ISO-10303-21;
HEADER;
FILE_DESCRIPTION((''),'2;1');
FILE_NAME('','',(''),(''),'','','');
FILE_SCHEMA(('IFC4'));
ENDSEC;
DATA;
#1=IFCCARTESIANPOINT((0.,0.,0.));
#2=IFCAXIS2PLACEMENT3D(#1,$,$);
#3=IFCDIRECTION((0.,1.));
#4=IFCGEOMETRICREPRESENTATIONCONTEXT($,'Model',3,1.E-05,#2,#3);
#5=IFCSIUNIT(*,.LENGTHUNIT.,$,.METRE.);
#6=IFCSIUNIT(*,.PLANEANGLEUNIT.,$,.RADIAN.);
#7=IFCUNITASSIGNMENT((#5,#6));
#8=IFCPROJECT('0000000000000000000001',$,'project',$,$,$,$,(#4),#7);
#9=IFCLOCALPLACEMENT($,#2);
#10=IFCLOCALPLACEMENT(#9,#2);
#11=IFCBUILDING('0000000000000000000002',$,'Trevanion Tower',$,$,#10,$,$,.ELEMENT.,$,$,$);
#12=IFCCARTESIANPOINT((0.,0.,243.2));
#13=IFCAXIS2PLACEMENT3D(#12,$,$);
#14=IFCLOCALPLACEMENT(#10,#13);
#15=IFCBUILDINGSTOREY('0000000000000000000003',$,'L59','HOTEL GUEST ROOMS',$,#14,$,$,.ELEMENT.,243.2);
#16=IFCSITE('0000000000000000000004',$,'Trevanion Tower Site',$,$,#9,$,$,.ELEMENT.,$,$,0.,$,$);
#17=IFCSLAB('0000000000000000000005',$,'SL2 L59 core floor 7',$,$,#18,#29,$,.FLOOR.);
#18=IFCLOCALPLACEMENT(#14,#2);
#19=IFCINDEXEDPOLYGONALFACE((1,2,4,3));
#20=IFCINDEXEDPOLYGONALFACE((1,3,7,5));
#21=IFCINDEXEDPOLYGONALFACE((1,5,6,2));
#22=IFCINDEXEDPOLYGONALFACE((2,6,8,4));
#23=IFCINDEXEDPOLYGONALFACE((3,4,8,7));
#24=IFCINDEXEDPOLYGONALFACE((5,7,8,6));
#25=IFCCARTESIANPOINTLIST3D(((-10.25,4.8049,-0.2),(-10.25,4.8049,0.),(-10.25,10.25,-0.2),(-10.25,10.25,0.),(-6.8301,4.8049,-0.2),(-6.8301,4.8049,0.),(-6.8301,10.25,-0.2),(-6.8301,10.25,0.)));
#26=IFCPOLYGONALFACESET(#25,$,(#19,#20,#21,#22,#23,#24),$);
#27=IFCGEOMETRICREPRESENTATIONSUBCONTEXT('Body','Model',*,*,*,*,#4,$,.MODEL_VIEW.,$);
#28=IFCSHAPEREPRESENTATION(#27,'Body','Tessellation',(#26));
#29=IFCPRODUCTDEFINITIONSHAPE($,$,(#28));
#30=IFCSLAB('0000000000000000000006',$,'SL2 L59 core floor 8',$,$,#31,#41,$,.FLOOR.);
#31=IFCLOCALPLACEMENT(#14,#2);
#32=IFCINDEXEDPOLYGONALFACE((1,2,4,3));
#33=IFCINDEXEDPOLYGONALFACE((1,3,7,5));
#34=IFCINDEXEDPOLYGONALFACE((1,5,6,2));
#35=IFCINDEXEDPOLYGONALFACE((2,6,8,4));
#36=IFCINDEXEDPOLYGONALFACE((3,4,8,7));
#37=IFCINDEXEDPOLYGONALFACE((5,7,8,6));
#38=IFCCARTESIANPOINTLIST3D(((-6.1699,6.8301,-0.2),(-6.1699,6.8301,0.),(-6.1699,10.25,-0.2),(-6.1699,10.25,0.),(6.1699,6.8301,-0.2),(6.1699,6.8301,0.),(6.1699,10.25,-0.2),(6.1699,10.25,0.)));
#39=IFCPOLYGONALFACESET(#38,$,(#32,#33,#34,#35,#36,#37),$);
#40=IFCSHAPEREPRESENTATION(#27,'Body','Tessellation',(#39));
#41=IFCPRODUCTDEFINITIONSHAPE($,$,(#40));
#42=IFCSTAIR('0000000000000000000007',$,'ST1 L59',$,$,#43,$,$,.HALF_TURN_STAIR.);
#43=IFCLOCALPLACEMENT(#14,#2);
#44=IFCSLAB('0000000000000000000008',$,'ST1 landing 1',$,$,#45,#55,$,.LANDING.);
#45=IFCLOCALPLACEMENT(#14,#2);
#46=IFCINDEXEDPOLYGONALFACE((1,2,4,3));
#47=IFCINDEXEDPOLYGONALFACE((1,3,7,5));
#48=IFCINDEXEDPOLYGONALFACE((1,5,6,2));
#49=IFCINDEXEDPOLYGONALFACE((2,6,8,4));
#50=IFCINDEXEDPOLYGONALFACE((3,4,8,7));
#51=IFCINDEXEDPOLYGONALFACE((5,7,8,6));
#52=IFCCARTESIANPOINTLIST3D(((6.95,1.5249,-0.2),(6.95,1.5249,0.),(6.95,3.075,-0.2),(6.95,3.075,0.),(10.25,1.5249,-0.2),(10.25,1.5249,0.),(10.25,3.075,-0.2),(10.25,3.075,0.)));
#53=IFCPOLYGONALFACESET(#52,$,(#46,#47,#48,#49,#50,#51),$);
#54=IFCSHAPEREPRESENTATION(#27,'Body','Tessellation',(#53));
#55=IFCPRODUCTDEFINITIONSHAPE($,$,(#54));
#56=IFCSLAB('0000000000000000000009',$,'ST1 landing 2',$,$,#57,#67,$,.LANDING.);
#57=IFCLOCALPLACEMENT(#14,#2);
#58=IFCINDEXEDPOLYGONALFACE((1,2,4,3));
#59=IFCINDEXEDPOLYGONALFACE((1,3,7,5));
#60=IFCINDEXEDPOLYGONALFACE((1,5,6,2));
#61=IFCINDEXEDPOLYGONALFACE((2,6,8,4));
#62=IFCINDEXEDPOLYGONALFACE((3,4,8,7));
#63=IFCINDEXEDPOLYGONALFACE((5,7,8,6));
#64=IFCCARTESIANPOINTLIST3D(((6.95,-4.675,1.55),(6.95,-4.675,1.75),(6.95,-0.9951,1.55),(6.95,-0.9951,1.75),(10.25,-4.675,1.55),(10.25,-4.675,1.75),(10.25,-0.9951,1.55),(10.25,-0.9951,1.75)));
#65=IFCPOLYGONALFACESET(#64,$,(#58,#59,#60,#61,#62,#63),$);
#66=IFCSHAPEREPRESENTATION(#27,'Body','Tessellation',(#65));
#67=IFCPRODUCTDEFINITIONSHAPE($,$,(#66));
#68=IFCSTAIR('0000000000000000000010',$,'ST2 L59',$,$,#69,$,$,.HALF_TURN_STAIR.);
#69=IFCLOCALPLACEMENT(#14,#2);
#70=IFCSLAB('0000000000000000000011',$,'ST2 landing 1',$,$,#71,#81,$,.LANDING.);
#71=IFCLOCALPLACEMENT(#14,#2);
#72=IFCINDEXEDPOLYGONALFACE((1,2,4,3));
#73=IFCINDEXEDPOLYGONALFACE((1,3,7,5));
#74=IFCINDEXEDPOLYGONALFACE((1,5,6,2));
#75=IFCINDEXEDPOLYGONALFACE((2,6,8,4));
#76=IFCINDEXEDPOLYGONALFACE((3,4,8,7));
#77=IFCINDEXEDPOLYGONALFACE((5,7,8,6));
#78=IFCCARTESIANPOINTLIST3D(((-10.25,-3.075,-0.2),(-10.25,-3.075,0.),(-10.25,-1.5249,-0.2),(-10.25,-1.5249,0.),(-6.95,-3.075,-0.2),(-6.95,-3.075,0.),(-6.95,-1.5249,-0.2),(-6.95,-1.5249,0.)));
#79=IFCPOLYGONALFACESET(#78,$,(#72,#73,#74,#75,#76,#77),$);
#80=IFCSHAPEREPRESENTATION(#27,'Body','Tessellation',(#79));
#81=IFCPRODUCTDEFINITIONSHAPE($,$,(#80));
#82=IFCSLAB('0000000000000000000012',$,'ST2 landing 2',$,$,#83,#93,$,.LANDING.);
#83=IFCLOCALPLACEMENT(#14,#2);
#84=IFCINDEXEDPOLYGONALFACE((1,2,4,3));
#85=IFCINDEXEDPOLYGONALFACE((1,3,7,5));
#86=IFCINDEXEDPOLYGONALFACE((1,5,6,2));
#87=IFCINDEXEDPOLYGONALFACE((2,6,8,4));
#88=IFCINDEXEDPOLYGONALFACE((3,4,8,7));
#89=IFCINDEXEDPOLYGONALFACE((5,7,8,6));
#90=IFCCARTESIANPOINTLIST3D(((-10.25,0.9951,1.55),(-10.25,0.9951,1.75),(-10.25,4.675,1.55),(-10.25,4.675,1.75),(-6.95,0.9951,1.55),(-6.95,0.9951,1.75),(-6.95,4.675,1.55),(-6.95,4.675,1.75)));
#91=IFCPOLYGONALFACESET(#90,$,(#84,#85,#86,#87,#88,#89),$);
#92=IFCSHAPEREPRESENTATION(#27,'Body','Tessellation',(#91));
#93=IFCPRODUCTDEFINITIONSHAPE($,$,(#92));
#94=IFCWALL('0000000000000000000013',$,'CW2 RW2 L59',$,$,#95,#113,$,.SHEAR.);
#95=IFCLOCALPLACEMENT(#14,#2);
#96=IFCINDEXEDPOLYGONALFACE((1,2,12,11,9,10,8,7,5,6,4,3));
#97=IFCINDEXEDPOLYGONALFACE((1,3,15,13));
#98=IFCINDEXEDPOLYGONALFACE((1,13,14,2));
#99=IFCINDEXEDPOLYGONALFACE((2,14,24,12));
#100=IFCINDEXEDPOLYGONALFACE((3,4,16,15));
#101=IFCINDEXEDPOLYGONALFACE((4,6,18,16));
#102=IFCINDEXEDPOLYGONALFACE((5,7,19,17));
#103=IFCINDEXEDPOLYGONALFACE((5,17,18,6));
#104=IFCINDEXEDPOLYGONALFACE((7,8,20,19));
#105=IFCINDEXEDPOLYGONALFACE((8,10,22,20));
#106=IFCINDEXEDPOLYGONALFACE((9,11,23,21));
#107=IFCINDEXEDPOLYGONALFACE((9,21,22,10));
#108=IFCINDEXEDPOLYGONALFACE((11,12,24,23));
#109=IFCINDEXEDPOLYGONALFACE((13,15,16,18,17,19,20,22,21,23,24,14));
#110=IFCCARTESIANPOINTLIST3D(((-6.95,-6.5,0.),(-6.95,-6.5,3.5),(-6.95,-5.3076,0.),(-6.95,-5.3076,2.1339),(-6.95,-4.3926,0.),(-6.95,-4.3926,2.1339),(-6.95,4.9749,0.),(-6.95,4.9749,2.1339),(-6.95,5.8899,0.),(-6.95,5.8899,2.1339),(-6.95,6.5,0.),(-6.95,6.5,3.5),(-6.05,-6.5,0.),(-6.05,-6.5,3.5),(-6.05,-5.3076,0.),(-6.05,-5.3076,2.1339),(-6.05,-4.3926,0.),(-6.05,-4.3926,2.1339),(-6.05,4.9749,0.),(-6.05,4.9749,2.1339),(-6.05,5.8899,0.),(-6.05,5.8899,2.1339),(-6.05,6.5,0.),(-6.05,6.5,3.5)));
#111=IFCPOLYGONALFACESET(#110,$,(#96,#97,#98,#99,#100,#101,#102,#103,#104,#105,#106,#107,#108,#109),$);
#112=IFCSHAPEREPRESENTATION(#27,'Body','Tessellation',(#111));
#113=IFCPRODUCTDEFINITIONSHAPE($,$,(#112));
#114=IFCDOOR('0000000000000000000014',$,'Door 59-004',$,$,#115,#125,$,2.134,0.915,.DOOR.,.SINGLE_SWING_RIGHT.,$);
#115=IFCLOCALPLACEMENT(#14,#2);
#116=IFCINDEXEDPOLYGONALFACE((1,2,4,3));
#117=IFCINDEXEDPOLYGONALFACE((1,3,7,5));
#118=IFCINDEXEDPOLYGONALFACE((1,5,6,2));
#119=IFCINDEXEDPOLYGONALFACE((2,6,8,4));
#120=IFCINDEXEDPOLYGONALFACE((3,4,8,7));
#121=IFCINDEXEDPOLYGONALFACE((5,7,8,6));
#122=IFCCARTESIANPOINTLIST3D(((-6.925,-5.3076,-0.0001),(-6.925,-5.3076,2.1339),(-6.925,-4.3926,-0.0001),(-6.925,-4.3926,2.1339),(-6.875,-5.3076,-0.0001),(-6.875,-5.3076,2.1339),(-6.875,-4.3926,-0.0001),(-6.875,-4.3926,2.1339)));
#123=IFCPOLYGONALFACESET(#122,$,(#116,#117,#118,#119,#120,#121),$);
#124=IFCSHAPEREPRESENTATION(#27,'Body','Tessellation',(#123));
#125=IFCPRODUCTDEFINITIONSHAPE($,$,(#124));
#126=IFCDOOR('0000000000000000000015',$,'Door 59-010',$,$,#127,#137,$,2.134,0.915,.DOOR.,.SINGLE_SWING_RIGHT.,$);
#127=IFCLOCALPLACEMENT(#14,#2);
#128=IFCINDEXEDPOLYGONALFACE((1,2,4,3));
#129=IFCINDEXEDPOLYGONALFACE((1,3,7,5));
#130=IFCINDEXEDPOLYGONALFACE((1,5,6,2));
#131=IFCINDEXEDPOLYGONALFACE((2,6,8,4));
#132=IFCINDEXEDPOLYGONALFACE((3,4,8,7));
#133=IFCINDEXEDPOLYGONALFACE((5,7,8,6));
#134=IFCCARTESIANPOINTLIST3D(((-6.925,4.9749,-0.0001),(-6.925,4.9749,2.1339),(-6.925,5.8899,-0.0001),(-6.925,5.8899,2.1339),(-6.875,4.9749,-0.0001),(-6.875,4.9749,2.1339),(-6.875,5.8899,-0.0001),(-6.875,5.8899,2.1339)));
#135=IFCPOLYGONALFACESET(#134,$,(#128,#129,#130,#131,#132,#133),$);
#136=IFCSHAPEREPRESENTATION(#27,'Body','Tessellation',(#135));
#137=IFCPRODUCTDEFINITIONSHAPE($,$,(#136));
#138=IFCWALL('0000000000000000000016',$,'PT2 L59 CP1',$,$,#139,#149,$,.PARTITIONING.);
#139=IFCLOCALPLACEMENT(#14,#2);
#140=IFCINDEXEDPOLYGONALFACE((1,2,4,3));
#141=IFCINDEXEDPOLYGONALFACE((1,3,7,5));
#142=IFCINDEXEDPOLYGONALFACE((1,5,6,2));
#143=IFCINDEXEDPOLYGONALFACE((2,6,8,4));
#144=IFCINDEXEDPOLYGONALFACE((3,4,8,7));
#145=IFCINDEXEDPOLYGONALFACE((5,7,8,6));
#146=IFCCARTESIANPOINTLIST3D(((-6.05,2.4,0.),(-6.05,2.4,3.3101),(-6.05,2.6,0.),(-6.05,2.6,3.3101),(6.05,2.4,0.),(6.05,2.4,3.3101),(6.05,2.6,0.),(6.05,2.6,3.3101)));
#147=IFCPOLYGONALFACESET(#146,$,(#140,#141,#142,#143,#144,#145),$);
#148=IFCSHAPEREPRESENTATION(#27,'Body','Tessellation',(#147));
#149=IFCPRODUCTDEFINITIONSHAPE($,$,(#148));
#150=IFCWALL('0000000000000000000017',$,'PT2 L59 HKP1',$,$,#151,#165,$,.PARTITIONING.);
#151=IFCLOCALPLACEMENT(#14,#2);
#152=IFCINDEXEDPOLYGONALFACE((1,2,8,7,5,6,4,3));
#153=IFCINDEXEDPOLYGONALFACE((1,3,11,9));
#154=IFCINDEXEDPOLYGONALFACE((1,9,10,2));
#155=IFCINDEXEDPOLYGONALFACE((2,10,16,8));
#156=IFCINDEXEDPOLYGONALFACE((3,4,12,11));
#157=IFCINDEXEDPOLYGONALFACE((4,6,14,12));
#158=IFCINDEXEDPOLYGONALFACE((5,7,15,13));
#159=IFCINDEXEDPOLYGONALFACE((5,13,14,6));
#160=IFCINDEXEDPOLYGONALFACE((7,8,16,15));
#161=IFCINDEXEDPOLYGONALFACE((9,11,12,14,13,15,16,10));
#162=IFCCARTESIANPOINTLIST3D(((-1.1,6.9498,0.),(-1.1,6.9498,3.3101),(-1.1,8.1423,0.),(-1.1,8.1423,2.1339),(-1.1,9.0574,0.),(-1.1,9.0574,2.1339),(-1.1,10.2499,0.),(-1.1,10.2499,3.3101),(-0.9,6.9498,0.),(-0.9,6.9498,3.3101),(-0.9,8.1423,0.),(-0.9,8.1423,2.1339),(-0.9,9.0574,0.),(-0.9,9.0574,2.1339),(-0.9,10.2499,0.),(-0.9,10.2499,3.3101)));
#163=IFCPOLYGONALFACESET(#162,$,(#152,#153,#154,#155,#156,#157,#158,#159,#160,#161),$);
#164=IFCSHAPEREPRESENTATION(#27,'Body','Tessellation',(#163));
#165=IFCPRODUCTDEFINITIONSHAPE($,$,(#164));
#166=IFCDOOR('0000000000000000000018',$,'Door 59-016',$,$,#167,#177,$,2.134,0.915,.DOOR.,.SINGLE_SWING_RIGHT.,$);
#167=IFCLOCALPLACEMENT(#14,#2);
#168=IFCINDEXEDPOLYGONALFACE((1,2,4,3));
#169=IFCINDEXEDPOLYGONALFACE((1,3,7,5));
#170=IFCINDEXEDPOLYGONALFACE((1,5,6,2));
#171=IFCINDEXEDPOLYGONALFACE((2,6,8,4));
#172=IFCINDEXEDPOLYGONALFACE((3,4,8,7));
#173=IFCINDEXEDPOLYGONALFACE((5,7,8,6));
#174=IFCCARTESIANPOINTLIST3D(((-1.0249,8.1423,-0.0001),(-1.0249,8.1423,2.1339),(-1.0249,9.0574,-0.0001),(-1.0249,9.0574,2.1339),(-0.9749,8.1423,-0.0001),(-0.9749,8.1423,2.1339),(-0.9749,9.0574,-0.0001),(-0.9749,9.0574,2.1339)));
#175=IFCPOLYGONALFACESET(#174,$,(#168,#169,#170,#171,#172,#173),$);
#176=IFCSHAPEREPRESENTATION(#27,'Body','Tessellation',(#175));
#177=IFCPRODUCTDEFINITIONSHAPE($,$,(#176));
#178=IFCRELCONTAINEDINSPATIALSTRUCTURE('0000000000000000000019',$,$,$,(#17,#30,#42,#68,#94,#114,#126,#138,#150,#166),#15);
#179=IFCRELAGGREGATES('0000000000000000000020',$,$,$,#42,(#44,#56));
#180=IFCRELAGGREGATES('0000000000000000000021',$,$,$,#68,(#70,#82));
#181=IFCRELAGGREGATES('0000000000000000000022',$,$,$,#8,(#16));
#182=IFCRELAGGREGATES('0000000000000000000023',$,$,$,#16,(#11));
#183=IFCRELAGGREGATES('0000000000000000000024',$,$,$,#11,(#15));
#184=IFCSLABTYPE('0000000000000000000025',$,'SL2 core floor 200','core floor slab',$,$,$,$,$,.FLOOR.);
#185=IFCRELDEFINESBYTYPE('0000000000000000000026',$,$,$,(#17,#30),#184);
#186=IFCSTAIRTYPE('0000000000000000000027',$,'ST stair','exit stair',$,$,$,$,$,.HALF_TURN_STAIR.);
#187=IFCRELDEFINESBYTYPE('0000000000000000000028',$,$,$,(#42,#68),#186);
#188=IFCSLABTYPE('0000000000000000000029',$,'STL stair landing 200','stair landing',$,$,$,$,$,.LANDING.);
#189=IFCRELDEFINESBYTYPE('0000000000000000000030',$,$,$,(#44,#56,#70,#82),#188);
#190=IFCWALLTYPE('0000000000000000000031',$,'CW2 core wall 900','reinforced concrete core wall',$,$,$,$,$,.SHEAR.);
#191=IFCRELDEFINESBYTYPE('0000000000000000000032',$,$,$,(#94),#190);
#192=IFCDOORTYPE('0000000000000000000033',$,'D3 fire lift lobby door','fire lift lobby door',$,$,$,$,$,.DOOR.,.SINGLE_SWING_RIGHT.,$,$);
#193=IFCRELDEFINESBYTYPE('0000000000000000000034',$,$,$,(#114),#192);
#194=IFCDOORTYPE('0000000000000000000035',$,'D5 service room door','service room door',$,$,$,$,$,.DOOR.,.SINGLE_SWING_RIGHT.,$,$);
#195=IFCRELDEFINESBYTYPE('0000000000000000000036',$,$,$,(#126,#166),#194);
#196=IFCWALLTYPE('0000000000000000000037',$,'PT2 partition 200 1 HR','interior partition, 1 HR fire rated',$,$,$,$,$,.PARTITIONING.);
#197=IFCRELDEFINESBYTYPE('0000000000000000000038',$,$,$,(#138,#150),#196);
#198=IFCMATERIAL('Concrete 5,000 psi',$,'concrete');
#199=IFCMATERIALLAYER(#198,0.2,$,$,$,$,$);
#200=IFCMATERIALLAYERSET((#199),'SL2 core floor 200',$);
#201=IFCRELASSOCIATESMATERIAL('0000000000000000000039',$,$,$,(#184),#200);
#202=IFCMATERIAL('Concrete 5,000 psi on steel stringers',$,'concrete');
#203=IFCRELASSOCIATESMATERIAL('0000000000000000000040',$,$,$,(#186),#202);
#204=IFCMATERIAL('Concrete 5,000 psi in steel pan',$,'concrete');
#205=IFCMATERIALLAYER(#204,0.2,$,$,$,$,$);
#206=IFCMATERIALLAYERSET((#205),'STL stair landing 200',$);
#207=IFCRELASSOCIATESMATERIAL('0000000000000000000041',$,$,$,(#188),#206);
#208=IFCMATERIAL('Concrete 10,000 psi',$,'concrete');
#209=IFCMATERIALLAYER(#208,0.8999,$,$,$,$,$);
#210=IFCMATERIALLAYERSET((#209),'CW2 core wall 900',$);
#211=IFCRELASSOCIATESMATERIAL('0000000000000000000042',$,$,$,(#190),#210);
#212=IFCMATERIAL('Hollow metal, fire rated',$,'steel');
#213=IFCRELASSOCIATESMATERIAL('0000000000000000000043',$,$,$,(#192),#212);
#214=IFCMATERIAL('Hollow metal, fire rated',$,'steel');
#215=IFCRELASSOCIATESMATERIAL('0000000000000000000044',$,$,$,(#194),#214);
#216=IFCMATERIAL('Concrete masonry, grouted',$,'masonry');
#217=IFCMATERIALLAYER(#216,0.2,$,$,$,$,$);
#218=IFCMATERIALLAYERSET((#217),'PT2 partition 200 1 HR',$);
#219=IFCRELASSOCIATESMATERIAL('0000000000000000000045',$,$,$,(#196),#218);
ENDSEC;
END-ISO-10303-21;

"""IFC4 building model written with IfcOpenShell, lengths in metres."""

from ifc_helpers import new_model, si_unit, direction, frame, frame_2d, origin, place, context, subcontext, project, spatial, polyline, rectangle, outline, extrude, material, layer, layer_set, type_object, element, fill, aggregate, save


model = new_model("IFC4")

# Units and contexts
model_context = context("Model", 3, precision=1e-05, world=origin(), true_north=direction((0.0, 1.0)))
body_context = subcontext(model_context, "Body", "Model", "MODEL_VIEW")
ifc_project = project(units=[si_unit("LENGTHUNIT", "METRE"), si_unit("PLANEANGLEUNIT", "RADIAN")], contexts=[model_context])

# Site, building, storey
site_placement = place(None, origin())
site = spatial("IfcSite", under=ifc_project, at=site_placement, Name="Trevanion Tower Site", CompositionType="ELEMENT", RefElevation=0.0)
building_placement = place(site_placement, origin())
building = spatial("IfcBuilding", under=site, at=building_placement, Name="Trevanion Tower", CompositionType="ELEMENT")
storey_placement = place(building_placement, frame((0.0, 0.0, 243.2)))
storey = spatial("IfcBuildingStorey", under=building, at=storey_placement, Name="L59", Description="HOTEL GUEST ROOMS", CompositionType="ELEMENT", Elevation=243.2)

# Slabs
ifc_material_1 = material(Name="Concrete 5,000 psi", Category="concrete")
ifc_layer_1 = layer(ifc_material_1, 0.2)
ifc_layer_set_1 = layer_set([ifc_layer_1], Name="SL2 core floor 200")
slab_type_1 = type_object("IfcSlabType", Name="SL2 core floor 200", Description="core floor slab", PredefinedType="FLOOR", material=ifc_layer_set_1)
slab_1_placement = place(storey_placement, frame((0.0, 0.0, -0.2)))
element("IfcSlab", 1, at=slab_1_placement, inside=storey, type_object=slab_type_1, Name="SL2 L59 core floor 7", PredefinedType="FLOOR", context=body_context, shape_type="SweptSolid", body=[
    extrude(outline(polyline([(-6.8301, 4.8049), (-10.25, 4.8049), (-10.25, 10.25), (-6.8301, 10.25), (-6.8301, 4.8049)])), origin(), (0.0, 0.0, 1.0), 0.2),
])
slab_2_placement = place(storey_placement, frame((0.0, 0.0, -0.2)))
element("IfcSlab", 2, at=slab_2_placement, inside=storey, type_object=slab_type_1, Name="SL2 L59 core floor 8", PredefinedType="FLOOR", context=body_context, shape_type="SweptSolid", body=[
    extrude(outline(polyline([(6.1699, 6.8301), (-6.1699, 6.8301), (-6.1699, 10.25), (6.1699, 10.25), (6.1699, 6.8301)])), origin(), (0.0, 0.0, 1.0), 0.2),
])

# Stairs, slabs
ifc_material_2 = material(Name="Concrete 5,000 psi on steel stringers", Category="concrete")
stair_type = type_object("IfcStairType", Name="ST stair", Description="exit stair", PredefinedType="HALF_TURN_STAIR", material=ifc_material_2)
stair_1_placement = place(storey_placement, origin())
stair_1 = element("IfcStair", 3, at=stair_1_placement, inside=storey, type_object=stair_type, Name="ST1 L59", PredefinedType="HALF_TURN_STAIR")
ifc_material_3 = material(Name="Concrete 5,000 psi in steel pan", Category="concrete")
ifc_layer_2 = layer(ifc_material_3, 0.2)
ifc_layer_set_2 = layer_set([ifc_layer_2], Name="STL stair landing 200")
slab_type_2 = type_object("IfcSlabType", Name="STL stair landing 200", Description="stair landing", PredefinedType="LANDING", material=ifc_layer_set_2)
slab_3_placement = place(storey_placement, frame((0.0, 0.0, -0.2)))
slab_3 = element("IfcSlab", 4, at=slab_3_placement, type_object=slab_type_2, Name="ST1 landing 1", PredefinedType="LANDING", context=body_context, shape_type="SweptSolid", body=[
    extrude(outline(polyline([(6.95, 1.5249), (10.25, 1.5249), (10.25, 3.075), (6.95, 3.075), (6.95, 1.5249)])), origin(), (0.0, 0.0, 1.0), 0.2),
])
slab_4_placement = place(storey_placement, frame((0.0, 0.0, 1.55)))
slab_4 = element("IfcSlab", 5, at=slab_4_placement, type_object=slab_type_2, Name="ST1 landing 2", PredefinedType="LANDING", context=body_context, shape_type="SweptSolid", body=[
    extrude(outline(polyline([(6.95, -4.675), (10.25, -4.675), (10.25, -0.9951), (6.95, -0.9951), (6.95, -4.675)])), origin(), (0.0, 0.0, 1.0), 0.2),
])
aggregate(stair_1, [slab_3, slab_4])
stair_2_placement = place(storey_placement, origin())
stair_2 = element("IfcStair", 6, at=stair_2_placement, inside=storey, type_object=stair_type, Name="ST2 L59", PredefinedType="HALF_TURN_STAIR")
slab_5_placement = place(storey_placement, frame((0.0, 0.0, -0.2)))
slab_5 = element("IfcSlab", 7, at=slab_5_placement, type_object=slab_type_2, Name="ST2 landing 1", PredefinedType="LANDING", context=body_context, shape_type="SweptSolid", body=[
    extrude(outline(polyline([(-6.95, -1.5249), (-10.25, -1.5249), (-10.25, -3.075), (-6.95, -3.075), (-6.95, -1.5249)])), origin(), (0.0, 0.0, 1.0), 0.2),
])
slab_6_placement = place(storey_placement, frame((0.0, 0.0, 1.55)))
slab_6 = element("IfcSlab", 8, at=slab_6_placement, type_object=slab_type_2, Name="ST2 landing 2", PredefinedType="LANDING", context=body_context, shape_type="SweptSolid", body=[
    extrude(outline(polyline([(-6.95, 4.675), (-10.25, 4.675), (-10.25, 0.9951), (-6.95, 0.9951), (-6.95, 4.675)])), origin(), (0.0, 0.0, 1.0), 0.2),
])

# Wall, openings, doors
ifc_material_4 = material(Name="Concrete 10,000 psi", Category="concrete")
ifc_layer_3 = layer(ifc_material_4, 0.8999)
ifc_layer_set_3 = layer_set([ifc_layer_3], Name="CW2 core wall 900")
wall_type_1 = type_object("IfcWallType", Name="CW2 core wall 900", Description="reinforced concrete core wall", PredefinedType="SHEAR", material=ifc_layer_set_3)
wall_1_placement = place(storey_placement, frame((-6.5, 6.5, 0.0), z_axis=(0.0, 0.0, 1.0), x_axis=(0.0, -1.0, 0.0)))
wall_1 = element("IfcWall", 9, at=wall_1_placement, inside=storey, type_object=wall_type_1, Name="CW2 RW2 L59", PredefinedType="SHEAR", context=body_context, shape_type="SweptSolid", body=[
    extrude(rectangle(XDim=13.0, YDim=0.8999, at=frame_2d((6.5, 0.0))), origin(), (0.0, 0.0, 1.0), 3.5),
])
opening_1_placement = place(wall_1_placement, frame((10.8926, 0.0, 0.0)))
opening_1 = element("IfcOpeningElement", 10, at=opening_1_placement, cuts=wall_1, PredefinedType="OPENING", context=body_context, shape_type="SweptSolid", body=[
    extrude(rectangle(XDim=0.915, YDim=2.134, at=frame_2d((0.4575, 1.0669))), frame((0.0, 0.46, 0.0), z_axis=(0.0, -1.0, 0.0), x_axis=(1.0, 0.0, 0.0)), (0.0, 0.0, 1.0), 0.9199),
])
opening_2_placement = place(wall_1_placement, frame((0.6101, 0.0, 0.0)))
opening_2 = element("IfcOpeningElement", 11, at=opening_2_placement, cuts=wall_1, PredefinedType="OPENING", context=body_context, shape_type="SweptSolid", body=[
    extrude(rectangle(XDim=0.915, YDim=2.134, at=frame_2d((0.4575, 1.0669))), frame((0.0, 0.46, 0.0), z_axis=(0.0, -1.0, 0.0), x_axis=(1.0, 0.0, 0.0)), (0.0, 0.0, 1.0), 0.9199),
])
ifc_material_5 = material(Name="Hollow metal, fire rated", Category="steel")
door_type_1 = type_object("IfcDoorType", Name="D3 fire lift lobby door", Description="fire lift lobby door", OperationType="SINGLE_SWING_RIGHT", PredefinedType="DOOR", material=ifc_material_5)
door_1_placement = place(opening_1_placement, origin())
door_1 = element("IfcDoor", 12, at=door_1_placement, inside=storey, type_object=door_type_1, Name="Door 59-004", OperationType="SINGLE_SWING_RIGHT", OverallHeight=2.134, OverallWidth=0.915, PredefinedType="DOOR", context=body_context, shape_type="SweptSolid", body=[
    extrude(rectangle(XDim=0.915, YDim=2.134, at=frame_2d((0.4575, 1.0669))), frame((0.0, -0.375, 0.0), z_axis=(0.0, -1.0, 0.0), x_axis=(1.0, 0.0, 0.0)), (0.0, 0.0, 1.0), 0.05),
])
fill(opening_1, door_1)
ifc_material_6 = material(Name="Hollow metal, fire rated", Category="steel")
door_type_2 = type_object("IfcDoorType", Name="D5 service room door", Description="service room door", OperationType="SINGLE_SWING_RIGHT", PredefinedType="DOOR", material=ifc_material_6)
door_2_placement = place(opening_2_placement, origin())
door_2 = element("IfcDoor", 13, at=door_2_placement, inside=storey, type_object=door_type_2, Name="Door 59-010", OperationType="SINGLE_SWING_RIGHT", OverallHeight=2.134, OverallWidth=0.915, PredefinedType="DOOR", context=body_context, shape_type="SweptSolid", body=[
    extrude(rectangle(XDim=0.915, YDim=2.134, at=frame_2d((0.4575, 1.0669))), frame((0.0, -0.375, 0.0), z_axis=(0.0, -1.0, 0.0), x_axis=(1.0, 0.0, 0.0)), (0.0, 0.0, 1.0), 0.05),
])
fill(opening_2, door_2)

# Wall
ifc_material_7 = material(Name="Concrete masonry, grouted", Category="masonry")
ifc_layer_4 = layer(ifc_material_7, 0.2)
ifc_layer_set_4 = layer_set([ifc_layer_4], Name="PT2 partition 200 1 HR")
wall_type_2 = type_object("IfcWallType", Name="PT2 partition 200 1 HR", Description="interior partition, 1 HR fire rated", PredefinedType="PARTITIONING", material=ifc_layer_set_4)
wall_2_placement = place(storey_placement, frame((-6.05, 2.5, 0.0), z_axis=(0.0, 0.0, 1.0), x_axis=(1.0, 0.0, 0.0)))
element("IfcWall", 14, at=wall_2_placement, inside=storey, type_object=wall_type_2, Name="PT2 L59 CP1", PredefinedType="PARTITIONING", context=body_context, shape_type="SweptSolid", body=[
    extrude(rectangle(XDim=12.1001, YDim=0.2, at=frame_2d((6.05, 0.0))), origin(), (0.0, 0.0, 1.0), 3.3101),
])

# Wall, opening, door
wall_3_placement = place(storey_placement, frame((-1.0, 6.95, 0.0), z_axis=(0.0, 0.0, 1.0), x_axis=(0.0, 1.0, 0.0)))
wall_3 = element("IfcWall", 15, at=wall_3_placement, inside=storey, type_object=wall_type_2, Name="PT2 L59 HKP1", PredefinedType="PARTITIONING", context=body_context, shape_type="SweptSolid", body=[
    extrude(rectangle(XDim=3.3, YDim=0.2, at=frame_2d((1.6499, 0.0))), origin(), (0.0, 0.0, 1.0), 3.3101),
])
opening_3_placement = place(wall_3_placement, frame((1.1924, 0.0, 0.0)))
opening_3 = element("IfcOpeningElement", 16, at=opening_3_placement, cuts=wall_3, PredefinedType="OPENING", context=body_context, shape_type="SweptSolid", body=[
    extrude(rectangle(XDim=0.915, YDim=2.134, at=frame_2d((0.4575, 1.0669))), frame((0.0, 0.1099, 0.0), z_axis=(0.0, -1.0, 0.0), x_axis=(1.0, 0.0, 0.0)), (0.0, 0.0, 1.0), 0.22),
])
door_3_placement = place(opening_3_placement, origin())
door_3 = element("IfcDoor", 17, at=door_3_placement, inside=storey, type_object=door_type_2, Name="Door 59-016", OperationType="SINGLE_SWING_RIGHT", OverallHeight=2.134, OverallWidth=0.915, PredefinedType="DOOR", context=body_context, shape_type="SweptSolid", body=[
    extrude(rectangle(XDim=0.915, YDim=2.134, at=frame_2d((0.4575, 1.0669))), frame((0.0, 0.0249, 0.0), z_axis=(0.0, -1.0, 0.0), x_axis=(1.0, 0.0, 0.0)), (0.0, 0.0, 1.0), 0.05),
])
fill(opening_3, door_3)

aggregate(stair_2, [slab_5, slab_6])

save(model, "model.ifc")
